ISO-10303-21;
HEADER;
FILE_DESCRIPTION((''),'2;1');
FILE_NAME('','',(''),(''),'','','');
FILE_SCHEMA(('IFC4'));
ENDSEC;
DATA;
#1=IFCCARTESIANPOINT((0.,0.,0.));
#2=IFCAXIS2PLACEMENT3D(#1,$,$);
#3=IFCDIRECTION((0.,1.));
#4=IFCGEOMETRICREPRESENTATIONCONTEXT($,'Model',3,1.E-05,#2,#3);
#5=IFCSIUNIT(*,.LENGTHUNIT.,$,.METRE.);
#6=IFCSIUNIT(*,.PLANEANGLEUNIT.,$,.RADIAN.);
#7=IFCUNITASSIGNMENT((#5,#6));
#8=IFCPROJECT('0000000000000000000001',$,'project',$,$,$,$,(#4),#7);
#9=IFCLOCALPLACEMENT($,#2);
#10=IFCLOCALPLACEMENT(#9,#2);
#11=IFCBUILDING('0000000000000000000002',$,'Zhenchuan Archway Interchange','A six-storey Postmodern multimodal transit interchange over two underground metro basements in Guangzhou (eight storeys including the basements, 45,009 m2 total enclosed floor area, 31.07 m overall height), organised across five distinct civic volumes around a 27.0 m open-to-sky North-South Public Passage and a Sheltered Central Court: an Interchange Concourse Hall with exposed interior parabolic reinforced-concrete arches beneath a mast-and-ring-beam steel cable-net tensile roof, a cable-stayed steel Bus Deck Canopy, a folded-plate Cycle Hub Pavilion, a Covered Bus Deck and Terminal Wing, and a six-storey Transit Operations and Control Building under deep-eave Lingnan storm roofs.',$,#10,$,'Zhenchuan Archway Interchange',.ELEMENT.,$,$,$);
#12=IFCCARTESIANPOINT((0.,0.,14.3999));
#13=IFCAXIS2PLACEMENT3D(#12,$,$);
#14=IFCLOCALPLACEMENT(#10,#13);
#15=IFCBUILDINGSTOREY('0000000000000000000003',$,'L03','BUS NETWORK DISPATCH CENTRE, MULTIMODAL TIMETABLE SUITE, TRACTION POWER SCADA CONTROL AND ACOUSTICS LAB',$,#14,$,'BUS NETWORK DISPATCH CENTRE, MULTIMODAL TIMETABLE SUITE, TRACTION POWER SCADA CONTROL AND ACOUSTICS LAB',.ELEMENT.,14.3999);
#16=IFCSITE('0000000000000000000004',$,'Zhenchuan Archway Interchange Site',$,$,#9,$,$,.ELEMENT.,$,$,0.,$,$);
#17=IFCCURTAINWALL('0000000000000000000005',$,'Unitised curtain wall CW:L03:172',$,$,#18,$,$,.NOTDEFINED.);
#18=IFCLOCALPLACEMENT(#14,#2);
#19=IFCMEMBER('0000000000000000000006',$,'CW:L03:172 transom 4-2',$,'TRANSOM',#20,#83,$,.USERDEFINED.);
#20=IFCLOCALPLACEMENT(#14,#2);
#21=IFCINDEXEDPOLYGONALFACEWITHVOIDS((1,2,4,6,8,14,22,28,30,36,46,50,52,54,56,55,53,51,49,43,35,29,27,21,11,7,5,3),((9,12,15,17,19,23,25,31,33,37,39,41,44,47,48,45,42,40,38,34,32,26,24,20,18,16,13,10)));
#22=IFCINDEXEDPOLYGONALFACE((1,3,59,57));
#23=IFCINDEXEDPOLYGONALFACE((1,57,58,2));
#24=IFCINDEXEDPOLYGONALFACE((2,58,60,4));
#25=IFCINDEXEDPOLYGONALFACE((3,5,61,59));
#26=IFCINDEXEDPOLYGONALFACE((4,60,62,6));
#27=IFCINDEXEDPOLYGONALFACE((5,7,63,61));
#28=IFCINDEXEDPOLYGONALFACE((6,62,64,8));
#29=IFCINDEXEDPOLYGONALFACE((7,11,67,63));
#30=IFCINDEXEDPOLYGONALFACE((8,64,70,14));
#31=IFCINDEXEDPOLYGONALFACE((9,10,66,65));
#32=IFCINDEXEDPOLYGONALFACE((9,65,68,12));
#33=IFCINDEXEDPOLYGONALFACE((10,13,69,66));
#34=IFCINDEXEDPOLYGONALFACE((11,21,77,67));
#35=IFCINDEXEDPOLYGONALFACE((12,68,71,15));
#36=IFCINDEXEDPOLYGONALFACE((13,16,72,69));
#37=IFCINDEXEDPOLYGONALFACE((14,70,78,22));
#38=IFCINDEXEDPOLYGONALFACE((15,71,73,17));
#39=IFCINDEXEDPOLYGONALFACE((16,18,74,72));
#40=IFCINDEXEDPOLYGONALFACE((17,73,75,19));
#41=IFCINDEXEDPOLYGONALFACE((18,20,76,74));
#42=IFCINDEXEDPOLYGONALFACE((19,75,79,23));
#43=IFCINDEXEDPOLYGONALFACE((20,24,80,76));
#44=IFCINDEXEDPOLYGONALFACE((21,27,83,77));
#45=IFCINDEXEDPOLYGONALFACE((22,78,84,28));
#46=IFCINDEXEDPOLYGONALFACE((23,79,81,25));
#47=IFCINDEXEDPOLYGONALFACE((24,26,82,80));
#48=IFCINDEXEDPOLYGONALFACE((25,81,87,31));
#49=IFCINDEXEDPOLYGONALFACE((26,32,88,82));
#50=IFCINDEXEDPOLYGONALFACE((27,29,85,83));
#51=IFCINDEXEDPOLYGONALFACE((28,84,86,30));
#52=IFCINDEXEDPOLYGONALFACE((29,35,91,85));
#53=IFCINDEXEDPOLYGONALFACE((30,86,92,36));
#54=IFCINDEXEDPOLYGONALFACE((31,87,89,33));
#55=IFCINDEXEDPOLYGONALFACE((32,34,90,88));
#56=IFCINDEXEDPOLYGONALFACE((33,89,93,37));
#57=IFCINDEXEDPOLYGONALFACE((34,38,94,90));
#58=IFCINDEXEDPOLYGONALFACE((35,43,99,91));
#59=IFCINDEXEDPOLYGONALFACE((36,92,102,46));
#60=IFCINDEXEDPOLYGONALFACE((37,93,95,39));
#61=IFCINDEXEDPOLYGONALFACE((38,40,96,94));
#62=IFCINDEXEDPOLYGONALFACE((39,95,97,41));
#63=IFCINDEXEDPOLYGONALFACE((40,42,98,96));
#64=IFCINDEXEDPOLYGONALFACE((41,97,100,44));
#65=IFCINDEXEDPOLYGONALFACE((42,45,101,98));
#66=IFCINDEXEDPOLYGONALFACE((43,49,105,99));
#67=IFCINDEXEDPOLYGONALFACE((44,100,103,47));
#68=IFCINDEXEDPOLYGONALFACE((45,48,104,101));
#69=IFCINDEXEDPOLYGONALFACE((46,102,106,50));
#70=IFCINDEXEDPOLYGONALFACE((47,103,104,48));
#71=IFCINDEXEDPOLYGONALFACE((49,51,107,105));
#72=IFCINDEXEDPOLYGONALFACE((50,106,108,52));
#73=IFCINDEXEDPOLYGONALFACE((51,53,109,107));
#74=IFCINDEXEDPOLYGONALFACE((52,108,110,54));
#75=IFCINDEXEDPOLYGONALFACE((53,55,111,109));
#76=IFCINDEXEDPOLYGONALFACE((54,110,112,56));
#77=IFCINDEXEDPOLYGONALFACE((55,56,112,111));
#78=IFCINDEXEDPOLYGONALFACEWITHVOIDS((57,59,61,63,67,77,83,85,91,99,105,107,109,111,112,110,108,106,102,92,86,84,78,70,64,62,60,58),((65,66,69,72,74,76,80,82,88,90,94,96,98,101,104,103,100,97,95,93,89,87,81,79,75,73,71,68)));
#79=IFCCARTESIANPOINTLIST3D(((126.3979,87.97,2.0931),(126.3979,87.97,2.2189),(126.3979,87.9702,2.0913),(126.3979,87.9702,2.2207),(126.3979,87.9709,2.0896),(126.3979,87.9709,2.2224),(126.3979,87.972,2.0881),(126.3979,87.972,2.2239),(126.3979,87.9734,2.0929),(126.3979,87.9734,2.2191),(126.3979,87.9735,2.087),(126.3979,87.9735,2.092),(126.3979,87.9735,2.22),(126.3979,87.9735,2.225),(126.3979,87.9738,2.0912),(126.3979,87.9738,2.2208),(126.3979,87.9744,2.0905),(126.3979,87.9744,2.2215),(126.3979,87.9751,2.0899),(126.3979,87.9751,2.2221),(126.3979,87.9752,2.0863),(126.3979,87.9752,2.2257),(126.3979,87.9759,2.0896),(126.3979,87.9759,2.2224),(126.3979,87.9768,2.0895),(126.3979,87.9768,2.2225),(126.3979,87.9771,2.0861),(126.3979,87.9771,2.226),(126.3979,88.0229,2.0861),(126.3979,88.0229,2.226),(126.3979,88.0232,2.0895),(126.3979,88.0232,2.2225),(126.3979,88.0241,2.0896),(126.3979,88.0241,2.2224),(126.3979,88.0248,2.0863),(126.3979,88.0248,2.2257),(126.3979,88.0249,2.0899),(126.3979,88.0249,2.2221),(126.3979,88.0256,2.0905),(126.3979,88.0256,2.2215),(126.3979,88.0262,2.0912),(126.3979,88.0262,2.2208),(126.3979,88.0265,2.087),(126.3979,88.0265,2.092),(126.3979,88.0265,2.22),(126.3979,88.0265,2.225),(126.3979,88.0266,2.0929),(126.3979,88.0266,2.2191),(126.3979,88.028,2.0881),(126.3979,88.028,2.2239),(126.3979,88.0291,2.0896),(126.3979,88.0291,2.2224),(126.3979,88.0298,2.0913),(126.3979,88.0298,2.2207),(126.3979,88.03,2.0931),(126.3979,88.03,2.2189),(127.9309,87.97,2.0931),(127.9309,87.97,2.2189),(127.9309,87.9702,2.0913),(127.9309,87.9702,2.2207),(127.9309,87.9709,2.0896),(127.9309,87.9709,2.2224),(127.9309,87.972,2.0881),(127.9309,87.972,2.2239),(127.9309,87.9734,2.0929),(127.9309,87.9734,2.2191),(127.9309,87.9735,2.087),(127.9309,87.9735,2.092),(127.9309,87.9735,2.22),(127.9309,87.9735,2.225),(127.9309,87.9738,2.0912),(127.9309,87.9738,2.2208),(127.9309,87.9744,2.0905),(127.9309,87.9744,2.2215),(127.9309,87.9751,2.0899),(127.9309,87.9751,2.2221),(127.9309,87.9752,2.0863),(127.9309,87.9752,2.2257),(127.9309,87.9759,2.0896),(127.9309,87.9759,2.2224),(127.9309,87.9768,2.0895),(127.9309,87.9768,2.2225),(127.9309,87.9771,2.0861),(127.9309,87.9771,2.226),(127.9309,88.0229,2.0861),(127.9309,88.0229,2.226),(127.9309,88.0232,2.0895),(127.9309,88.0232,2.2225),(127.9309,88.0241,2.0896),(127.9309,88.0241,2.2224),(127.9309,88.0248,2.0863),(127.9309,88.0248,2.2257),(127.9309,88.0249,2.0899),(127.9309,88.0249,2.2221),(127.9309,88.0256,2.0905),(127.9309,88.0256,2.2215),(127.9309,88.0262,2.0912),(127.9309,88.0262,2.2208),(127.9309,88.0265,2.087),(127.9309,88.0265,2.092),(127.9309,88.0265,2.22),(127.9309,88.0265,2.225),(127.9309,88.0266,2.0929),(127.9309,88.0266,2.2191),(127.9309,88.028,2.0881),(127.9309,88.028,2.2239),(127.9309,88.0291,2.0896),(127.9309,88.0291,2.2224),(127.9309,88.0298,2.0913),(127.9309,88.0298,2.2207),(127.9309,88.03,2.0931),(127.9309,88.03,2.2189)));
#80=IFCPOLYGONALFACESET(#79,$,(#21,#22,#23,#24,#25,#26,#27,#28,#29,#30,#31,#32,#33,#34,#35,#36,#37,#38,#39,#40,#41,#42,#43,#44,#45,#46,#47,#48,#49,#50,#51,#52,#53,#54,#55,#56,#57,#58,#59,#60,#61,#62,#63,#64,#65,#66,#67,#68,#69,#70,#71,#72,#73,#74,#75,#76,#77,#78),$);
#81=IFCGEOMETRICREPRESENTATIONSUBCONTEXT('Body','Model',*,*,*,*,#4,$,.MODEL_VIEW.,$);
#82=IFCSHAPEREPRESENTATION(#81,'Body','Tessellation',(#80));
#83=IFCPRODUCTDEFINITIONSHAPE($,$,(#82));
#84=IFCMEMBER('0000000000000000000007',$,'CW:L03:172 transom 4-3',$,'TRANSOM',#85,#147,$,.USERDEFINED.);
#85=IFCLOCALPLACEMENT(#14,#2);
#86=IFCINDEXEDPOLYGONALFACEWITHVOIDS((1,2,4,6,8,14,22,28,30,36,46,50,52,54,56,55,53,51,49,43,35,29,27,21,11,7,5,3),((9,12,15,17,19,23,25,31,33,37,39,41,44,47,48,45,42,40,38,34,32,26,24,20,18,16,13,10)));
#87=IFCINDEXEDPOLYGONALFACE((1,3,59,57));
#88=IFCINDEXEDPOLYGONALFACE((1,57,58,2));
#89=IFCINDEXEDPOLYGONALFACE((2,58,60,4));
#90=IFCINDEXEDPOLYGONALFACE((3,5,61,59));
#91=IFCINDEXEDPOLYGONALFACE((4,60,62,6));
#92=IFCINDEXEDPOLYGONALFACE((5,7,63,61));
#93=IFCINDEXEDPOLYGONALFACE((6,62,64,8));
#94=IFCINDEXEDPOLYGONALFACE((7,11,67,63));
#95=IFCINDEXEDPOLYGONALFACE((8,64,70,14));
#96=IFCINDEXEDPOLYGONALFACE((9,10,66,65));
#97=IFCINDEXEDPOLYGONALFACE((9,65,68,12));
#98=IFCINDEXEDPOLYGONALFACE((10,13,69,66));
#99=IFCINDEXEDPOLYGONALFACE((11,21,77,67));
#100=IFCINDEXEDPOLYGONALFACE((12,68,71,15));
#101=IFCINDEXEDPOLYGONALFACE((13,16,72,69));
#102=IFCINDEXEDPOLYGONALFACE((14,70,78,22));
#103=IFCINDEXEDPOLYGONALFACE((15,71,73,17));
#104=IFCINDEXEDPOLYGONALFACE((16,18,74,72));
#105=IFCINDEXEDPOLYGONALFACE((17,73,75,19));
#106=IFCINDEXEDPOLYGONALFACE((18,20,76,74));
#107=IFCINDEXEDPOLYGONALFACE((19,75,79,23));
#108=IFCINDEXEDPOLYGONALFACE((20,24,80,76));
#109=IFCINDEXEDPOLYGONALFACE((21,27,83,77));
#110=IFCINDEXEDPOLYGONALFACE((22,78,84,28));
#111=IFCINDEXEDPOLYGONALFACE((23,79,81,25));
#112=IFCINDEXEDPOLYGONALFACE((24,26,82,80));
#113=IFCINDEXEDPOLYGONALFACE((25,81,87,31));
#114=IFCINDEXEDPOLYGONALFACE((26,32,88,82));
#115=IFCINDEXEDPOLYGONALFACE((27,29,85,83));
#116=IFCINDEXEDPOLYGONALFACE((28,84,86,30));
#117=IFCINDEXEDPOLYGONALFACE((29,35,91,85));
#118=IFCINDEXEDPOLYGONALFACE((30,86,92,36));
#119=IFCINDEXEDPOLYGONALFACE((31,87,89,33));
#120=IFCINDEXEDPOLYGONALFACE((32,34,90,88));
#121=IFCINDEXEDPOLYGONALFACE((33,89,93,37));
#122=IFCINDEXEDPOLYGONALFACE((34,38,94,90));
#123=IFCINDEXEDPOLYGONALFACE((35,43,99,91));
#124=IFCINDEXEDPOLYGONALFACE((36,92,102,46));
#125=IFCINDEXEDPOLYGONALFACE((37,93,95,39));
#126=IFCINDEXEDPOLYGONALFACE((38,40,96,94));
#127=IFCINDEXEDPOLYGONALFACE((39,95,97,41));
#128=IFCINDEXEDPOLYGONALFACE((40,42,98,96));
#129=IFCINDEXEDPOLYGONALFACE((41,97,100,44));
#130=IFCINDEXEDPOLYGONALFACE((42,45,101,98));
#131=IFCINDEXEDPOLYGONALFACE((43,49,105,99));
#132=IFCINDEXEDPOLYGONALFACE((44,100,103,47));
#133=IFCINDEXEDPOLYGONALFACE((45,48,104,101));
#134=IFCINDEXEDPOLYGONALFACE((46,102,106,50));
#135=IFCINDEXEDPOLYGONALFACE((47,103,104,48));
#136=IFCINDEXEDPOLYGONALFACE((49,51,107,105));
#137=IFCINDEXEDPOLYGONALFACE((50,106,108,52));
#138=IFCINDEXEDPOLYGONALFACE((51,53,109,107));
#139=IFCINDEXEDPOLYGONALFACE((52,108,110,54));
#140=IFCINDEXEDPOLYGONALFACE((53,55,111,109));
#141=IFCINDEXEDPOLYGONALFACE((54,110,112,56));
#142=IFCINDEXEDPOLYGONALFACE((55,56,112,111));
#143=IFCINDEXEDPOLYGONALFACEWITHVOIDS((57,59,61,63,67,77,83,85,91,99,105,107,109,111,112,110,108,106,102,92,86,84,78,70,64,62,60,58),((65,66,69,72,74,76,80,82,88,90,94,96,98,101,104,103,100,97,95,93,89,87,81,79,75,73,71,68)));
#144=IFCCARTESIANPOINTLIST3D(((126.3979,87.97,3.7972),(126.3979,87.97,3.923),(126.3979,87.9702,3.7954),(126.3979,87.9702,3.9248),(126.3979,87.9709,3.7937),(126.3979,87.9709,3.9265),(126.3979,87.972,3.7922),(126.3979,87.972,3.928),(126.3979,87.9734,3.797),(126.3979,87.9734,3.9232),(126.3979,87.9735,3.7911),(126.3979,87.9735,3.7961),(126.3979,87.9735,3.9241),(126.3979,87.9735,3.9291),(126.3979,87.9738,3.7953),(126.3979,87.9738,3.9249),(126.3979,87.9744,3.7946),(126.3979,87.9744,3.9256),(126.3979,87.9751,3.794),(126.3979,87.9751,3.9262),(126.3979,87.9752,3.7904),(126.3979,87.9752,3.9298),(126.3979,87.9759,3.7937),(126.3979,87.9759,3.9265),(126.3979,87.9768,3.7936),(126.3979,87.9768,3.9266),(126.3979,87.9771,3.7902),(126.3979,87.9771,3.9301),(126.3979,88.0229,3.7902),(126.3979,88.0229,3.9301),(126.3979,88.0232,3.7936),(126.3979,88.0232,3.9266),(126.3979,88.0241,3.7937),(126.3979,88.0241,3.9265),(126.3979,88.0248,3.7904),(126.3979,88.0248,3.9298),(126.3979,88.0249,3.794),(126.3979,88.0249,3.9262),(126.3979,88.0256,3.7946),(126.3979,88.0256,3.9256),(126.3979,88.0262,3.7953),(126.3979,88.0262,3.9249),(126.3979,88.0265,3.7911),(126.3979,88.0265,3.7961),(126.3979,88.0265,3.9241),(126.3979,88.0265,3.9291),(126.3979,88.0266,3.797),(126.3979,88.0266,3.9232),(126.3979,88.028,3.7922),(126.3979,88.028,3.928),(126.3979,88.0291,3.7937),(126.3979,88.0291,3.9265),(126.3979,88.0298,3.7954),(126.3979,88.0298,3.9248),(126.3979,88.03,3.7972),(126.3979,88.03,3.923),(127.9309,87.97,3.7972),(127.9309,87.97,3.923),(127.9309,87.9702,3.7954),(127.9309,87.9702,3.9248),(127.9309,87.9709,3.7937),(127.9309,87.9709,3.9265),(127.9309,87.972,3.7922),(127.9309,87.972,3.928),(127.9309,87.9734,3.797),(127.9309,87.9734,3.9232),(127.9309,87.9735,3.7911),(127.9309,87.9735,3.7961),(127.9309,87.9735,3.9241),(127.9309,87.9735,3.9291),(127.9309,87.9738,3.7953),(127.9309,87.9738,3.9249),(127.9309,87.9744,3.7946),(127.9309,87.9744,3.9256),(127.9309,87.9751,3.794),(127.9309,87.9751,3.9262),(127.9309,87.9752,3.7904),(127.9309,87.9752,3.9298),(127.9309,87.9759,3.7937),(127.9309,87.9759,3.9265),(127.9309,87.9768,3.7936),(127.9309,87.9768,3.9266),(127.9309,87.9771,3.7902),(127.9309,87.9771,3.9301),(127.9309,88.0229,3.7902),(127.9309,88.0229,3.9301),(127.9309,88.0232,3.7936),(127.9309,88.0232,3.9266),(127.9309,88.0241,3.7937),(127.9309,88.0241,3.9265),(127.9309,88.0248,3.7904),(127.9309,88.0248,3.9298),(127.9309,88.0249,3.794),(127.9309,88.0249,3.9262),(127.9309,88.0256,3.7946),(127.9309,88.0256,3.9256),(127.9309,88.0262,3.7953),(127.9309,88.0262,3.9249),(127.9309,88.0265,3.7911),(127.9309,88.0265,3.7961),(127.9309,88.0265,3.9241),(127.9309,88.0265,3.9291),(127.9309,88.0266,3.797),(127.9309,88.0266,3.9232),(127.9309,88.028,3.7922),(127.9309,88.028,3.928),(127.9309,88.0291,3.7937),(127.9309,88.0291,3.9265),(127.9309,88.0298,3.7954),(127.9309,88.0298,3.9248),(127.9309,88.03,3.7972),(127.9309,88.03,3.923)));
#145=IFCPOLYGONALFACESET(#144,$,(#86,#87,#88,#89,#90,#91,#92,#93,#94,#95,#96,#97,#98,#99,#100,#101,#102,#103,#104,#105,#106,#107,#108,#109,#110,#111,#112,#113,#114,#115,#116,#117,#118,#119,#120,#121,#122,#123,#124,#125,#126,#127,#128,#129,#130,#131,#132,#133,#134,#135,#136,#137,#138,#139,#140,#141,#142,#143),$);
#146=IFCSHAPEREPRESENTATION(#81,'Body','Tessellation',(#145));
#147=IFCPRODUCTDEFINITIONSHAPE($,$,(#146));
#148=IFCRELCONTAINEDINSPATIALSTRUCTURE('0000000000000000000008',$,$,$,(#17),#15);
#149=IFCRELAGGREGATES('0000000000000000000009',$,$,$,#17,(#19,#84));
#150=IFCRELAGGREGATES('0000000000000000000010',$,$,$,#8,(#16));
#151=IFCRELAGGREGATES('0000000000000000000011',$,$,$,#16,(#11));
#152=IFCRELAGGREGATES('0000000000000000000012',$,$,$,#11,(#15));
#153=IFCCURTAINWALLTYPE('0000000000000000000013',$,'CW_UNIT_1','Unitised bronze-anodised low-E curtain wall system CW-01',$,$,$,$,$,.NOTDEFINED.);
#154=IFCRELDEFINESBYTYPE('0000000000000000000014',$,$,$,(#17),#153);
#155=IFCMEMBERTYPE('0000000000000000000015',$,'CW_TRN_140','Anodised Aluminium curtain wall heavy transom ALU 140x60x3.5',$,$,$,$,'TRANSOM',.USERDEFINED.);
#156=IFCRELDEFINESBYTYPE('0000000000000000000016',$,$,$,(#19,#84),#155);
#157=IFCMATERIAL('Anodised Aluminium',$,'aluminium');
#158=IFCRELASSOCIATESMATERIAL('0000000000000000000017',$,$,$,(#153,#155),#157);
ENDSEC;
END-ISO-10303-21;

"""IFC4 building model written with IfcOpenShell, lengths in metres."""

from ifc_helpers import new_model, si_unit, direction, frame, origin, origin_2d, place, context, subcontext, project, spatial, hollow_rectangle, extrude, material, material_profile, profile_set, type_object, element, aggregate, save


model = new_model("IFC4")

# Units and contexts
model_context = context("Model", 3, precision=1e-05, world=origin(), true_north=direction((0.0, 1.0)))
body_context = subcontext(model_context, "Body", "Model", "MODEL_VIEW")
ifc_project = project(units=[si_unit("LENGTHUNIT", "METRE"), si_unit("PLANEANGLEUNIT", "RADIAN")], contexts=[model_context])

# Site, building, storey
site_placement = place(None, origin())
site = spatial("IfcSite", under=ifc_project, at=site_placement, Name="Zhenchuan Archway Interchange Site", CompositionType="ELEMENT", RefElevation=0.0)
building_placement = place(site_placement, origin())
building = spatial("IfcBuilding", under=site, at=building_placement, Name="Zhenchuan Archway Interchange", Description="A six-storey Postmodern multimodal transit interchange over two underground metro basements in Guangzhou (eight storeys including the basements, 45,009 m2 total enclosed floor area, 31.07 m overall height), organised across five distinct civic volumes around a 27.0 m open-to-sky North-South Public Passage and a Sheltered Central Court: an Interchange Concourse Hall with exposed interior parabolic reinforced-concrete arches beneath a mast-and-ring-beam steel cable-net tensile roof, a cable-stayed steel Bus Deck Canopy, a folded-plate Cycle Hub Pavilion, a Covered Bus Deck and Terminal Wing, and a six-storey Transit Operations and Control Building under deep-eave Lingnan storm roofs.", LongName="Zhenchuan Archway Interchange", CompositionType="ELEMENT")
storey_placement = place(building_placement, frame((0.0, 0.0, 14.3999)))
storey = spatial("IfcBuildingStorey", under=building, at=storey_placement, Name="L03", Description="BUS NETWORK DISPATCH CENTRE, MULTIMODAL TIMETABLE SUITE, TRACTION POWER SCADA CONTROL AND ACOUSTICS LAB", LongName="BUS NETWORK DISPATCH CENTRE, MULTIMODAL TIMETABLE SUITE, TRACTION POWER SCADA CONTROL AND ACOUSTICS LAB", CompositionType="ELEMENT", Elevation=14.3999)

# Curtain wall
ifc_material_1 = material(Name="Anodised Aluminium", Category="aluminium")
curtain_wall_type_1 = type_object("IfcCurtainWallType", Name="CW_UNIT_1", Description="Unitised bronze-anodised low-E curtain wall system CW-01", PredefinedType="NOTDEFINED", material=ifc_material_1)
curtain_wall_1_placement = place(storey_placement, origin())
curtain_wall_1 = element("IfcCurtainWall", 1, at=curtain_wall_1_placement, inside=storey, type_object=curtain_wall_type_1, Name="Unitised curtain wall CW:L03:172", PredefinedType="NOTDEFINED")

# Members
ifc_material_profile_1 = material_profile(ifc_material_1, hollow_rectangle(XDim=0.0601, YDim=0.1399, WallThickness=0.0034, InnerFilletRadius=0.0034, OuterFilletRadius=0.0071, at=origin_2d()), Name="ALU 140x60x3.5")
ifc_profile_set_1 = profile_set([ifc_material_profile_1], Name="Anodised Aluminium")
member_type_1 = type_object("IfcMemberType", Name="CW_TRN_140", Description="Anodised Aluminium curtain wall heavy transom ALU 140x60x3.5", ElementType="TRANSOM", PredefinedType="USERDEFINED", material=ifc_profile_set_1)
member_1_placement = place(storey_placement, frame((127.9309, 88.0, 2.156), z_axis=(-1.0, 0.0, 0.0), x_axis=(0.0, -1.0, 0.0)))
member_1 = element("IfcMember", 2, at=member_1_placement, type_object=member_type_1, Name="CW:L03:172 transom 4-2", ObjectType="TRANSOM", PredefinedType="USERDEFINED", context=body_context, shape_type="SweptSolid", body=[
    extrude(hollow_rectangle(XDim=0.0601, YDim=0.1399, WallThickness=0.0034, InnerFilletRadius=0.0034, OuterFilletRadius=0.0071, at=origin_2d()), origin(), (0.0, 0.0, 1.0), 1.533),
])
member_2_placement = place(storey_placement, frame((127.9309, 88.0, 3.8601), z_axis=(-1.0, 0.0, 0.0), x_axis=(0.0, -1.0, 0.0)))
member_2 = element("IfcMember", 3, at=member_2_placement, type_object=member_type_1, Name="CW:L03:172 transom 4-3", ObjectType="TRANSOM", PredefinedType="USERDEFINED", context=body_context, shape_type="SweptSolid", body=[
    extrude(hollow_rectangle(XDim=0.0601, YDim=0.1399, WallThickness=0.0034, InnerFilletRadius=0.0034, OuterFilletRadius=0.0071, at=origin_2d()), origin(), (0.0, 0.0, 1.0), 1.533),
])

aggregate(curtain_wall_1, [member_1, member_2])

save(model, "model.ifc")
